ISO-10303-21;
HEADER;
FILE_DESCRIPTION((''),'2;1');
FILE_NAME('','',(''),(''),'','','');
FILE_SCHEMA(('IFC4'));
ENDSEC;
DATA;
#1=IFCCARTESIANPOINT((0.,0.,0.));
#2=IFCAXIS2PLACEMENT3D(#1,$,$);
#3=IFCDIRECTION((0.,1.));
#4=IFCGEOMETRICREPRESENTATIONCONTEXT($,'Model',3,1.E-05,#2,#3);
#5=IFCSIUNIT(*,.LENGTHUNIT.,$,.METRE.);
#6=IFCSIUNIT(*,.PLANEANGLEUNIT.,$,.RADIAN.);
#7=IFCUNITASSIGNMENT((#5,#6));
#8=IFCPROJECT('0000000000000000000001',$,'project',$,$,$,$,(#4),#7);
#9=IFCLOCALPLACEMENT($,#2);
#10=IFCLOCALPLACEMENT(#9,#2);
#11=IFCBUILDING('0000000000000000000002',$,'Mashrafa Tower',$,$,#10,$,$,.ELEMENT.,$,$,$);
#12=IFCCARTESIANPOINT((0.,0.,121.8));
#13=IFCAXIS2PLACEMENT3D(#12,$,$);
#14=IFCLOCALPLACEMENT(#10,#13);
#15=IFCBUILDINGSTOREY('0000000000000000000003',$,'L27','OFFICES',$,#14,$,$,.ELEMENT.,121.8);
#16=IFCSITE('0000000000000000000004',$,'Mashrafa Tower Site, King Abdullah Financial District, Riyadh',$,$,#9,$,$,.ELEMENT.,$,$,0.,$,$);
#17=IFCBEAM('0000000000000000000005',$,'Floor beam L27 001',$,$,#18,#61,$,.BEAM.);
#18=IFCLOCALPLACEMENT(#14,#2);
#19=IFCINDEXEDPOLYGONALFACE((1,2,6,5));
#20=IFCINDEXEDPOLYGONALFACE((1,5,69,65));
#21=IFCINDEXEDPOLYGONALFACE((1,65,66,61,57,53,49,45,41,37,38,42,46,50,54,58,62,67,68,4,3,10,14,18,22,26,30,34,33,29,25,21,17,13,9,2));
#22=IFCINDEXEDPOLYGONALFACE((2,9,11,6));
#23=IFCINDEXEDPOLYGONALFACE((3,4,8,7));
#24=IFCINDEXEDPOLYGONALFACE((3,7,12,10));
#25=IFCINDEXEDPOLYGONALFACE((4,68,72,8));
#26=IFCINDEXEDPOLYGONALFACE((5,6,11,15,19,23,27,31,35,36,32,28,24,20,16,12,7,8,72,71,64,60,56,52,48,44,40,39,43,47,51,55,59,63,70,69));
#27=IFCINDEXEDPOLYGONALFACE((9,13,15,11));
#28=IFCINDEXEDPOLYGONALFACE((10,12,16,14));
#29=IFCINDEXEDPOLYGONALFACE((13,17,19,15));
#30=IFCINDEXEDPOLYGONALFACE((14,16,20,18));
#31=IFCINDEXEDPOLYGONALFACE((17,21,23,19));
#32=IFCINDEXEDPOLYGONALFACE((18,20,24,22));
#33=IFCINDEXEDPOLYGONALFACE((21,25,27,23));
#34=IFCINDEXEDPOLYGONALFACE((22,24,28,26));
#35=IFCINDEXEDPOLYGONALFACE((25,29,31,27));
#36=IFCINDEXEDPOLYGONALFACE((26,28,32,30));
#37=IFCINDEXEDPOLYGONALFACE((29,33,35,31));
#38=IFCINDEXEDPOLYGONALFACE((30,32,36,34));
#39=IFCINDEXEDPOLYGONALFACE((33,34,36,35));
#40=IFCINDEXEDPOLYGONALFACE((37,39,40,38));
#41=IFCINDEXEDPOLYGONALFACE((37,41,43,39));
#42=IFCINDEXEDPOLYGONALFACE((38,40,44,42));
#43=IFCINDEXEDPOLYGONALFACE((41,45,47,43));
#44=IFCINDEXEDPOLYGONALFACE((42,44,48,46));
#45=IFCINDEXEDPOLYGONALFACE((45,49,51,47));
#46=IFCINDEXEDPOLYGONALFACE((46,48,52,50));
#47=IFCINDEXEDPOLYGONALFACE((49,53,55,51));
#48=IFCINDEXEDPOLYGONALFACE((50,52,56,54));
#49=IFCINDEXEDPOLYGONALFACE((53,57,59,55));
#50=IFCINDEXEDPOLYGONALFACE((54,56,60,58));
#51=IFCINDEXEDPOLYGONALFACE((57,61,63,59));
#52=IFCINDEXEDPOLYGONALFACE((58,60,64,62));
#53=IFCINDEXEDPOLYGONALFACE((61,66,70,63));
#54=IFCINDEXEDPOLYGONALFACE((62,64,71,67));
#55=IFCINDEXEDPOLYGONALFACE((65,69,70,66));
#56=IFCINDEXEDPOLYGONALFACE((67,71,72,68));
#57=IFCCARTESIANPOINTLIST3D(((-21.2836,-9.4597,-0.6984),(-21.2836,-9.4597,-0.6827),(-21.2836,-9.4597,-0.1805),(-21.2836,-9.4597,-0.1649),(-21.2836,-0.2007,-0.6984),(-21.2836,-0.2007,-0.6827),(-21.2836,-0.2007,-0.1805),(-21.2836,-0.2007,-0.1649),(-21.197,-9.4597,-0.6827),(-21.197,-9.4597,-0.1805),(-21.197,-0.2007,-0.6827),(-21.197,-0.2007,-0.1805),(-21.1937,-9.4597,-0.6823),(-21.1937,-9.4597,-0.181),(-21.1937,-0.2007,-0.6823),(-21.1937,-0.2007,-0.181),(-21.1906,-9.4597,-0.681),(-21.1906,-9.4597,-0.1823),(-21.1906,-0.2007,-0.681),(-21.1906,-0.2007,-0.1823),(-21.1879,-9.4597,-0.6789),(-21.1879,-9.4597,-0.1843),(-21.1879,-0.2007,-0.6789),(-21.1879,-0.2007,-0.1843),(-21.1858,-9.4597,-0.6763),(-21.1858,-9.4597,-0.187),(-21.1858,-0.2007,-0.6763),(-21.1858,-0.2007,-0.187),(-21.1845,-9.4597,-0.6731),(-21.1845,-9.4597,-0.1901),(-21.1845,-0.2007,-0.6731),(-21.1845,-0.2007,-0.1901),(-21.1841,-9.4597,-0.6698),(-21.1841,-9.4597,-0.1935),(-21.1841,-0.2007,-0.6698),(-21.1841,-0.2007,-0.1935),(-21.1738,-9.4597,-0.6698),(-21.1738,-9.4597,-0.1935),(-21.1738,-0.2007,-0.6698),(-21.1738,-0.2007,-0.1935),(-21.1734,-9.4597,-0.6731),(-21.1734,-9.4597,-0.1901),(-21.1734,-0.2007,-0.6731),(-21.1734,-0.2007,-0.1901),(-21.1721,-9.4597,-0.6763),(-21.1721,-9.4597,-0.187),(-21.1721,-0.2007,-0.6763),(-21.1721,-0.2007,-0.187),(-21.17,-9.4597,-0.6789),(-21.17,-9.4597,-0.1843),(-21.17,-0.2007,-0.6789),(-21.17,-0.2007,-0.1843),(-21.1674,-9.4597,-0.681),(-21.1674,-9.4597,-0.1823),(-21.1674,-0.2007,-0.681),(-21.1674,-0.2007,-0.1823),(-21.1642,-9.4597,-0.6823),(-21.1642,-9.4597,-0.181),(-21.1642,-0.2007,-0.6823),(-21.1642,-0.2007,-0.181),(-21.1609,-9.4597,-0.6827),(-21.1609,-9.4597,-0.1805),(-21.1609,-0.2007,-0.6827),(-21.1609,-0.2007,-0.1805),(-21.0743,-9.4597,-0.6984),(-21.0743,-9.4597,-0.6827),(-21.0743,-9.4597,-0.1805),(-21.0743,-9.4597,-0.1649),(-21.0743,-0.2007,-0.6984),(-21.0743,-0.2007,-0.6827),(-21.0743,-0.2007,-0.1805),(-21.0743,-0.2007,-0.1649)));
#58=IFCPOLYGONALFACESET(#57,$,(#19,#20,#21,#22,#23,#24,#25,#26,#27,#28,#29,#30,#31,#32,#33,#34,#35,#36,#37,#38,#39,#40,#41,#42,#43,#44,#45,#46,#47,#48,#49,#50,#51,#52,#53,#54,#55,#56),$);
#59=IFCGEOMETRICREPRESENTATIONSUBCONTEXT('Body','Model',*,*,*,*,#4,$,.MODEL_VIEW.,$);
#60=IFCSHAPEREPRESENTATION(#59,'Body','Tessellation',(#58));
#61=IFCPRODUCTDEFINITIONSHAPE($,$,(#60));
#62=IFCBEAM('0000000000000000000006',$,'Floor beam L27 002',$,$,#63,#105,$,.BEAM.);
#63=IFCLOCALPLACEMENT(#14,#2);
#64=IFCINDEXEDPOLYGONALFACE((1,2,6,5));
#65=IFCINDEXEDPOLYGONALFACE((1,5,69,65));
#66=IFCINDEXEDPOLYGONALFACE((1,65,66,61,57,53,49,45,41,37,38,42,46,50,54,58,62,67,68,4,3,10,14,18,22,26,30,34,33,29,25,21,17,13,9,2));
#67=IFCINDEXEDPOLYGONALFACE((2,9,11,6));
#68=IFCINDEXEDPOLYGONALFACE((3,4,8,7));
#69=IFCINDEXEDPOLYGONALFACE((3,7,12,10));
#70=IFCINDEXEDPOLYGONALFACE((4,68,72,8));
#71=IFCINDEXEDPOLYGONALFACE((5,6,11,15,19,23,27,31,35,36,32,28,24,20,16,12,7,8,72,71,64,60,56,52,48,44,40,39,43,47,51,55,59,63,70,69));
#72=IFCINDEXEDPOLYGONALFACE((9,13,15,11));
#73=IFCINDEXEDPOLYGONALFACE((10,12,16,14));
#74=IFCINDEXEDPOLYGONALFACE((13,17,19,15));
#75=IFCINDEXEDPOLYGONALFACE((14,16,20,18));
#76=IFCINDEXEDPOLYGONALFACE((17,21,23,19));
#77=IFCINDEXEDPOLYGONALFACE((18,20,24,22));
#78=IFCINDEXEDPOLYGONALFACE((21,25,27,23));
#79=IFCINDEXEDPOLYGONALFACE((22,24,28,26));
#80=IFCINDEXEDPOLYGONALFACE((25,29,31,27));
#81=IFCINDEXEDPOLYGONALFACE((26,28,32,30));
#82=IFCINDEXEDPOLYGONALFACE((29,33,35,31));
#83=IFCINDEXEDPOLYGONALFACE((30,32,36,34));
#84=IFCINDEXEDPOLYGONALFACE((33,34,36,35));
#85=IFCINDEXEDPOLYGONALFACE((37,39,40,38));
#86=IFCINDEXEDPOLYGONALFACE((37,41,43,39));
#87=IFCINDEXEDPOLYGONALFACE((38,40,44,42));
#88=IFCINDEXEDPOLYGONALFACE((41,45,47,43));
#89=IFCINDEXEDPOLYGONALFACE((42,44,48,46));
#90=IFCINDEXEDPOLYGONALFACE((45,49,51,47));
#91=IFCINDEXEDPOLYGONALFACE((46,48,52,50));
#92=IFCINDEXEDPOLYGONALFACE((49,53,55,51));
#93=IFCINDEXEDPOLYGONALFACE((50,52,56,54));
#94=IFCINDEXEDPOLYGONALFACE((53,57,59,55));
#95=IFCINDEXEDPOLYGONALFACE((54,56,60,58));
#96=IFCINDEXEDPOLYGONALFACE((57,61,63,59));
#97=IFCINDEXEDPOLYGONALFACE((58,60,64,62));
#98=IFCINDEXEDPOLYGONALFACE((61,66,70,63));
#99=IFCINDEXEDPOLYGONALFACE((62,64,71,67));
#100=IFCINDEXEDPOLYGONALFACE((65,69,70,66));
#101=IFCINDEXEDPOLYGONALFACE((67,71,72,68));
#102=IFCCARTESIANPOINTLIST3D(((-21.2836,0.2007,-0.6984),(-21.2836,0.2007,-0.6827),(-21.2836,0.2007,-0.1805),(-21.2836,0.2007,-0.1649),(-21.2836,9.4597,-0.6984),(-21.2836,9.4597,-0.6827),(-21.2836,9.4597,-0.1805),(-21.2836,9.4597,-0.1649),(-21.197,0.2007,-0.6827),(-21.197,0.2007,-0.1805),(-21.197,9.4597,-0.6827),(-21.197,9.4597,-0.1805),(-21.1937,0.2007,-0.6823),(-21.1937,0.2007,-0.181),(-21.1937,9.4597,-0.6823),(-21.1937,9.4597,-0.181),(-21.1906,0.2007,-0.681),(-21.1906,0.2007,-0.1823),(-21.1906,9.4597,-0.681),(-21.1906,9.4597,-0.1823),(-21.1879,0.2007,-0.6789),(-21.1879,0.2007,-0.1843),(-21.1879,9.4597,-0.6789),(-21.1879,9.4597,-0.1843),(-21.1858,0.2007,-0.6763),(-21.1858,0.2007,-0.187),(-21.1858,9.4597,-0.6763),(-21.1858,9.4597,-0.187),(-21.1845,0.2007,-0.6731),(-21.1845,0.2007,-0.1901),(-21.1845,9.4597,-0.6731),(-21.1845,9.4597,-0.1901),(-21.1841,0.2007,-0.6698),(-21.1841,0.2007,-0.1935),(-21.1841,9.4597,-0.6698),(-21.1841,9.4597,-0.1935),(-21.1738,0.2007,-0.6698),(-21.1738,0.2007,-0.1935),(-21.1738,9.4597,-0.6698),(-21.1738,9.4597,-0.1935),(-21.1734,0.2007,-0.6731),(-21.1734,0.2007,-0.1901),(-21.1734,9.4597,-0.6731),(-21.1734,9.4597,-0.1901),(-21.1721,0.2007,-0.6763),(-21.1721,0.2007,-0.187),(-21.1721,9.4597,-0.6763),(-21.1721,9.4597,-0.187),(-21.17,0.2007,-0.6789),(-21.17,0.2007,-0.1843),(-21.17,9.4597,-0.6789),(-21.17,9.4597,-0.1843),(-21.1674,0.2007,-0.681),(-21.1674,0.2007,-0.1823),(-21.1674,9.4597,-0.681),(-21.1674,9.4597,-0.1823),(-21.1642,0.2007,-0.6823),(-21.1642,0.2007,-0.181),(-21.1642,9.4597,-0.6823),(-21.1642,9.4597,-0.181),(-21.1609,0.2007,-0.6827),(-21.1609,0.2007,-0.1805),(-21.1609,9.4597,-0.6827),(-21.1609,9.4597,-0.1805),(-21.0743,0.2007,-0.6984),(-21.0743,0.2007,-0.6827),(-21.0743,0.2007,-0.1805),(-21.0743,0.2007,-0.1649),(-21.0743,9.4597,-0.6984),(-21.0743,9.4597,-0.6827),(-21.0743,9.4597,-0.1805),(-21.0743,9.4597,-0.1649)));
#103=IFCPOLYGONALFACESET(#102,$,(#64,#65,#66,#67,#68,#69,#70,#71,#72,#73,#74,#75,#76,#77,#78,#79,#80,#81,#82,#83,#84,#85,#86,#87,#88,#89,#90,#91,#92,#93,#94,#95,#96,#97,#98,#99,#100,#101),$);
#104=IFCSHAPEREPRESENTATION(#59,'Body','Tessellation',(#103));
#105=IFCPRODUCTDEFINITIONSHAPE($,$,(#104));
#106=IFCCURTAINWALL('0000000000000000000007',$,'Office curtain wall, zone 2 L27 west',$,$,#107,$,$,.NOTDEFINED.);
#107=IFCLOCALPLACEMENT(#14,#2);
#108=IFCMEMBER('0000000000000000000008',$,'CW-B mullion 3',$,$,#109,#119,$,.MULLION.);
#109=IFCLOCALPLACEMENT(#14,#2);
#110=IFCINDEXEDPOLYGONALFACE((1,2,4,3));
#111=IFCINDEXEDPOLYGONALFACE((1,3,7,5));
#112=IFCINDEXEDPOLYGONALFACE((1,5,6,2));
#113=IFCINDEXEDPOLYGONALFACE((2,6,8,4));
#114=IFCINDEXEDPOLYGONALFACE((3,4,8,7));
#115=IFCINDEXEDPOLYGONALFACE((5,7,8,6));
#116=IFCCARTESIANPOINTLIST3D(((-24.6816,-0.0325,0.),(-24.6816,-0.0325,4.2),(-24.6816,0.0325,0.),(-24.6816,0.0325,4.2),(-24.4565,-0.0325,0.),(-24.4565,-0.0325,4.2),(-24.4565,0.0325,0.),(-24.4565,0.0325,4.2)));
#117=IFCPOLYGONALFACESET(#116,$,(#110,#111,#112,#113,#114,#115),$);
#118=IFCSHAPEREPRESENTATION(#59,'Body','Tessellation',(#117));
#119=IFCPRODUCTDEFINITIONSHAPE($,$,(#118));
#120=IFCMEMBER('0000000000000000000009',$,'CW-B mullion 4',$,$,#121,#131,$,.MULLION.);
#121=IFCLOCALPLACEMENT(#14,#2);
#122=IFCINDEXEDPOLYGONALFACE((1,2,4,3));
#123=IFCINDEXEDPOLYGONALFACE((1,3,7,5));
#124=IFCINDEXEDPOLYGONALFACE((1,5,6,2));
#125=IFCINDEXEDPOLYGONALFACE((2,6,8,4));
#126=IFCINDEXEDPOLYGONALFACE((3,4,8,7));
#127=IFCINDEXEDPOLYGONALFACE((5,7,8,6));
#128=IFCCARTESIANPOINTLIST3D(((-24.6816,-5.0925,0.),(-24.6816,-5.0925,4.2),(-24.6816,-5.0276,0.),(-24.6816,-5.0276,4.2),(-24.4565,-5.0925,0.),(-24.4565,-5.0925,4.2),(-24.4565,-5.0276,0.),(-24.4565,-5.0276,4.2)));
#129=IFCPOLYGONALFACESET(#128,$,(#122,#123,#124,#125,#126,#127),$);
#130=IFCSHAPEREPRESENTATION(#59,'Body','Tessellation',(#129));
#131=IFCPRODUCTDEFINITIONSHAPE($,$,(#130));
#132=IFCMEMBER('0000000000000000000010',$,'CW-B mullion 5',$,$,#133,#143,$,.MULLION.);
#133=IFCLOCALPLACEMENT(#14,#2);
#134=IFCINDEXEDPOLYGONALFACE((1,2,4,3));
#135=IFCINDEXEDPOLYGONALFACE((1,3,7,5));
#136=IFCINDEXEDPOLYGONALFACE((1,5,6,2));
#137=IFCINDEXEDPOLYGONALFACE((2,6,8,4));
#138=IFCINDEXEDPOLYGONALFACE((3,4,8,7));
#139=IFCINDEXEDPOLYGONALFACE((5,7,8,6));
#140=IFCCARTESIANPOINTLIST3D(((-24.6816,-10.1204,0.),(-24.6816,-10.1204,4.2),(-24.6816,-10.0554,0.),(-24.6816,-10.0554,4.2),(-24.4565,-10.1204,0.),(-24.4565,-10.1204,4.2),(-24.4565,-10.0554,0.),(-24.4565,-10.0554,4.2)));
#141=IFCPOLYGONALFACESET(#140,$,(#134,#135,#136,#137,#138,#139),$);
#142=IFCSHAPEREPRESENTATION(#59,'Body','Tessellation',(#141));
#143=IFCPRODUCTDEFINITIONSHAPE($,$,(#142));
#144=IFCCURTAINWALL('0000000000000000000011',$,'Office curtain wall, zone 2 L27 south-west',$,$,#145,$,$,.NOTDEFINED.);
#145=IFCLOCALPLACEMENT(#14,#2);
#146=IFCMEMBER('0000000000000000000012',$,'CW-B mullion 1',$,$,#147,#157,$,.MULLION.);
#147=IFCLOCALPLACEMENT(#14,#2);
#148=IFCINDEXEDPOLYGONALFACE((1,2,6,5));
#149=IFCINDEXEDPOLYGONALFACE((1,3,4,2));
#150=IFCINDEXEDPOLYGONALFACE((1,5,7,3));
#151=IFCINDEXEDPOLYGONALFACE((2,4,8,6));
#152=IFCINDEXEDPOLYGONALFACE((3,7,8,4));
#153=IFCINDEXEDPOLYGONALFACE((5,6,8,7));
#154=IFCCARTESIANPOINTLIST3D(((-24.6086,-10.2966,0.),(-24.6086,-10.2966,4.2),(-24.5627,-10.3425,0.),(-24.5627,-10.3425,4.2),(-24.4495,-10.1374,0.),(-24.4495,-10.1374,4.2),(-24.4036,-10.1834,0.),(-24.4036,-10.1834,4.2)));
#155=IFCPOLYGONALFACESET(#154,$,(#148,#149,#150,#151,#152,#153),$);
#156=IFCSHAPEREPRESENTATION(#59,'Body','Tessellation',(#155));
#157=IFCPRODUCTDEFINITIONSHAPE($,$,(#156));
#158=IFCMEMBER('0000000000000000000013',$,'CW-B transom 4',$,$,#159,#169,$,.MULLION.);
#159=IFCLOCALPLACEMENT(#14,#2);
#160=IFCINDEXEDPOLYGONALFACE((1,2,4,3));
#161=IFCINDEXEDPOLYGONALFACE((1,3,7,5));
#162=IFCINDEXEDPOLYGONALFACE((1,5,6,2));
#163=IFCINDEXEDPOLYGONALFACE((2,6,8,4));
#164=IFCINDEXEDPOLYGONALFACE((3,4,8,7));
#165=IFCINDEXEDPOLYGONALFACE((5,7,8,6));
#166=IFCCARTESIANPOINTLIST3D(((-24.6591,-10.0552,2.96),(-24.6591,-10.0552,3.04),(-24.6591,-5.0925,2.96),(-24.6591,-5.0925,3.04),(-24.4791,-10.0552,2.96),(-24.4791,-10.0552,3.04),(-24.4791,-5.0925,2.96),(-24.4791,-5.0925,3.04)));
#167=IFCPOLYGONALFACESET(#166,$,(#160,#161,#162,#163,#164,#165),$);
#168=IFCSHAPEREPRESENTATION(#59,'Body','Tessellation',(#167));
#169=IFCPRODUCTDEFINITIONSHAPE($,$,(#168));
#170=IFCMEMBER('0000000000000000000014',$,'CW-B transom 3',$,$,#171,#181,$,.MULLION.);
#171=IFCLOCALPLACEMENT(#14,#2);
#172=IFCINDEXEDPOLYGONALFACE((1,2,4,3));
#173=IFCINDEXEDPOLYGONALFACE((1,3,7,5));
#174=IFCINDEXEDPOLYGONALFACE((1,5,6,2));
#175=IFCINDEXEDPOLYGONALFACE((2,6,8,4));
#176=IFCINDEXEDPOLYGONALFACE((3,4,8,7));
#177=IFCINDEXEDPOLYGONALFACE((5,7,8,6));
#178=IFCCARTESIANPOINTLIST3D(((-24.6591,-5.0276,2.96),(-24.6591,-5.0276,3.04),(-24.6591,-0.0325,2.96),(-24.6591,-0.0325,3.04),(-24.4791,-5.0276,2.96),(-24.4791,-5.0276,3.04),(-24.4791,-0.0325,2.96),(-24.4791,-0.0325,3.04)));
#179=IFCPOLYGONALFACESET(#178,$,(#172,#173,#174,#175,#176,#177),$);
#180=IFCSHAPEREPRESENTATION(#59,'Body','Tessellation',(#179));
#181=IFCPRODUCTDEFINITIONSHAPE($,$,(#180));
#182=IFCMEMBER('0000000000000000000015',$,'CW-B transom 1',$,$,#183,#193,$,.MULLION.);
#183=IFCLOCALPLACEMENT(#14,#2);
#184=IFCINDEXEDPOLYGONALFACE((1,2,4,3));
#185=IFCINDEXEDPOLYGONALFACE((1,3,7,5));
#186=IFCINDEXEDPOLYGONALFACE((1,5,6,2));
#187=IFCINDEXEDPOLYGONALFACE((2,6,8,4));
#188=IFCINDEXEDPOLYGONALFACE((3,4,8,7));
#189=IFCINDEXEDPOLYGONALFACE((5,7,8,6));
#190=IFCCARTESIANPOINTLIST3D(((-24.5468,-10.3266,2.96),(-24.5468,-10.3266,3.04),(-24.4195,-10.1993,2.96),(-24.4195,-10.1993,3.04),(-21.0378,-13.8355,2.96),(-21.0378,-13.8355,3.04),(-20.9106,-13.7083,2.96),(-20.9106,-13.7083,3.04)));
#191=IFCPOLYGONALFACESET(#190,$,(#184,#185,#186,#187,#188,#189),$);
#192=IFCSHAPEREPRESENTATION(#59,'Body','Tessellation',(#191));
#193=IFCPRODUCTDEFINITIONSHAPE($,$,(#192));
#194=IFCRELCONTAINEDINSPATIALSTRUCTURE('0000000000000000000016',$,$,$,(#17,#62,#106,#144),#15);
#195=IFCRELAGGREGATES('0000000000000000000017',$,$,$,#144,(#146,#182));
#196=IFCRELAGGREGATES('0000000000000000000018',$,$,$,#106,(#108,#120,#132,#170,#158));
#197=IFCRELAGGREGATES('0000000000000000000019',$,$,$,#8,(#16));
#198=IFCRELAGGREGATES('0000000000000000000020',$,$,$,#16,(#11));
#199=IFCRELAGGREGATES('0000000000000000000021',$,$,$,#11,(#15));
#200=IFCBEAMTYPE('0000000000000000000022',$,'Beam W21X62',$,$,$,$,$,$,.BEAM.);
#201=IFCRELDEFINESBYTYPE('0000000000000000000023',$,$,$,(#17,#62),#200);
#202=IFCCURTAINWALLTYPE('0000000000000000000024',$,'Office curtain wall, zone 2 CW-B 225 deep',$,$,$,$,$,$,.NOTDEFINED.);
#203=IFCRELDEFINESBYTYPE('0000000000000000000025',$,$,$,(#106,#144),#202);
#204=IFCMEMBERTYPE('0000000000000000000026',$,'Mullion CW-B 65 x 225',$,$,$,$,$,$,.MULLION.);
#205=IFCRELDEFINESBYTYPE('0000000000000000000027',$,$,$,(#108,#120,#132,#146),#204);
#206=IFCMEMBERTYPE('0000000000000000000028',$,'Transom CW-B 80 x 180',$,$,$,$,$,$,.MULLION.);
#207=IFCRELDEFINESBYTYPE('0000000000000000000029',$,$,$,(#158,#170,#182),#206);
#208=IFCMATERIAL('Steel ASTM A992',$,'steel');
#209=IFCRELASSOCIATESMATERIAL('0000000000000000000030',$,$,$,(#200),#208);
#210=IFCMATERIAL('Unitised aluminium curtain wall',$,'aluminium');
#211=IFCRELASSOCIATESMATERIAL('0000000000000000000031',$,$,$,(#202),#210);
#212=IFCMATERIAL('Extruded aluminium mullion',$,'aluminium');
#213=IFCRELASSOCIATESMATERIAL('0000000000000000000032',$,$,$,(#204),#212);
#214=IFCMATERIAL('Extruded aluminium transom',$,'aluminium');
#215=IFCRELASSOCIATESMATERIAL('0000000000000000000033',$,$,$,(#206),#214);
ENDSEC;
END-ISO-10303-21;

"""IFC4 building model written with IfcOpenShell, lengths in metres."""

from ifc_helpers import new_model, si_unit, direction, frame, origin, origin_2d, place, context, subcontext, project, spatial, rectangle, i_section, extrude, source, transform, mapped, material, material_profile, profile_set, type_object, type_shapes, element, aggregate, save


model = new_model("IFC4")

# Units and contexts
model_context = context("Model", 3, precision=1e-05, world=origin(), true_north=direction((0.0, 1.0)))
body_context = subcontext(model_context, "Body", "Model", "MODEL_VIEW")
ifc_project = project(units=[si_unit("LENGTHUNIT", "METRE"), si_unit("PLANEANGLEUNIT", "RADIAN")], contexts=[model_context])

# Site, building, storey
site_placement = place(None, origin())
site = spatial("IfcSite", under=ifc_project, at=site_placement, Name="Mashrafa Tower Site, King Abdullah Financial District, Riyadh", CompositionType="ELEMENT", RefElevation=0.0)
building_placement = place(site_placement, origin())
building = spatial("IfcBuilding", under=site, at=building_placement, Name="Mashrafa Tower", CompositionType="ELEMENT")
storey_placement = place(building_placement, frame((0.0, 0.0, 121.8)))
storey = spatial("IfcBuildingStorey", under=building, at=storey_placement, Name="L27", Description="OFFICES", CompositionType="ELEMENT", Elevation=121.8)

# Beams
ifc_material_1 = material(Name="Steel ASTM A992", Category="steel")
ifc_material_profile_1 = material_profile(ifc_material_1, i_section(OverallWidth=0.2092, OverallDepth=0.5334, WebThickness=0.0103, FlangeThickness=0.0156, FilletRadius=0.0129, at=origin_2d()), Name="W21X62")
ifc_profile_set_1 = profile_set([ifc_material_profile_1], Name="Steel ASTM A992")
beam_type_1 = type_object("IfcBeamType", Name="Beam W21X62", PredefinedType="BEAM", material=ifc_profile_set_1)
for number, where, z_axis, x_axis, name in (
    (1, (-21.179, -9.4597, -0.4316), (0.0, 1.0, 0.0), (-1.0, 0.0, 0.0), "Floor beam L27 001"),
    (2, (-21.179, 0.2007, -0.4316), (0.0, 1.0, 0.0), (-1.0, 0.0, 0.0), "Floor beam L27 002"),
):
    element("IfcBeam", number, at=place(storey_placement, frame(where, z_axis=z_axis, x_axis=x_axis)), inside=storey, type_object=beam_type_1, Name=name, PredefinedType="BEAM", context=body_context, shape_type="SweptSolid", body=[
        extrude(i_section(OverallWidth=0.2092, OverallDepth=0.5334, WebThickness=0.0103, FlangeThickness=0.0156, FilletRadius=0.0129, at=origin_2d()), origin(), (0.0, 0.0, 1.0), 9.259),
    ])

# Curtain wall, members
ifc_material_2 = material(Name="Unitised aluminium curtain wall", Category="aluminium")
curtain_wall_type = type_object("IfcCurtainWallType", Name="Office curtain wall, zone 2 CW-B 225 deep", PredefinedType="NOTDEFINED", material=ifc_material_2)
curtain_wall_1_placement = place(storey_placement, origin())
curtain_wall_1 = element("IfcCurtainWall", 3, at=curtain_wall_1_placement, inside=storey, type_object=curtain_wall_type, Name="Office curtain wall, zone 2 L27 west", PredefinedType="NOTDEFINED")
ifc_material_3 = material(Name="Extruded aluminium mullion", Category="aluminium")
ifc_material_profile_2 = material_profile(ifc_material_3, rectangle(XDim=0.2251, YDim=0.0649, at=origin_2d()), Name="Mullion 65x225")
ifc_profile_set_2 = profile_set([ifc_material_profile_2], Name="Extruded aluminium mullion")
member_type_1 = type_object("IfcMemberType", Name="Mullion CW-B 65 x 225", PredefinedType="MULLION", material=ifc_profile_set_2)
shared_shape_1 = source(origin(), body_context, "Body", "SweptSolid", [
    extrude(rectangle(XDim=0.2251, YDim=0.0649, at=origin_2d()), origin(), (0.0, 0.0, 1.0), 4.2),
])
type_shapes(member_type_1, [shared_shape_1])
member_1_placement = place(storey_placement, frame((-24.5691, 0.0, 0.0), z_axis=(0.0, 0.0, 1.0), x_axis=(1.0, 0.0, 0.0)))
member_1 = element("IfcMember", 4, at=member_1_placement, type_object=member_type_1, Name="CW-B mullion 3", PredefinedType="MULLION", context=body_context, shape_type="MappedRepresentation", body=[
    mapped(shared_shape_1, transform((0.0, 0.0, 0.0))),
])
member_2_placement = place(storey_placement, frame((-24.5691, -5.0601, 0.0), z_axis=(0.0, 0.0, 1.0), x_axis=(1.0, 0.0, 0.0)))
member_2 = element("IfcMember", 5, at=member_2_placement, type_object=member_type_1, Name="CW-B mullion 4", PredefinedType="MULLION", context=body_context, shape_type="MappedRepresentation", body=[
    mapped(shared_shape_1, transform((0.0, 0.0, 0.0))),
])
member_3_placement = place(storey_placement, frame((-24.5691, -10.0879, 0.0), z_axis=(0.0, 0.0, 1.0), x_axis=(1.0, 0.0, 0.0)))
member_3 = element("IfcMember", 6, at=member_3_placement, type_object=member_type_1, Name="CW-B mullion 5", PredefinedType="MULLION", context=body_context, shape_type="MappedRepresentation", body=[
    mapped(shared_shape_1, transform((0.0, 0.0, 0.0))),
])

# Curtain wall, member
curtain_wall_2_placement = place(storey_placement, origin())
curtain_wall_2 = element("IfcCurtainWall", 7, at=curtain_wall_2_placement, inside=storey, type_object=curtain_wall_type, Name="Office curtain wall, zone 2 L27 south-west", PredefinedType="NOTDEFINED")
member_4_placement = place(storey_placement, frame((-24.5061, -10.24, 0.0), z_axis=(0.0, 0.0, 1.0), x_axis=(0.707107, 0.707107, 0.0)))
member_4 = element("IfcMember", 8, at=member_4_placement, type_object=member_type_1, Name="CW-B mullion 1", PredefinedType="MULLION", context=body_context, shape_type="MappedRepresentation", body=[
    mapped(shared_shape_1, transform((0.0, 0.0, 0.0))),
])

# Members
ifc_material_4 = material(Name="Extruded aluminium transom", Category="aluminium")
ifc_material_profile_3 = material_profile(ifc_material_4, rectangle(XDim=0.1799, YDim=0.0801, at=origin_2d()), Name="Transom 80x180")
ifc_profile_set_3 = profile_set([ifc_material_profile_3], Name="Extruded aluminium transom")
member_type_2 = type_object("IfcMemberType", Name="Transom CW-B 80 x 180", PredefinedType="MULLION", material=ifc_profile_set_3)
shared_shape_2 = source(origin(), body_context, "Body", "SweptSolid", [
    extrude(rectangle(XDim=0.1799, YDim=0.0801, at=origin_2d()), origin(), (0.0, 0.0, 1.0), 4.9626),
])
member_5_placement = place(storey_placement, frame((-24.5691, -5.0925, 3.0), z_axis=(0.0, -1.0, 0.0), x_axis=(1.0, 0.0, 0.0)))
member_5 = element("IfcMember", 9, at=member_5_placement, type_object=member_type_2, Name="CW-B transom 4", PredefinedType="MULLION", context=body_context, shape_type="MappedRepresentation", body=[
    mapped(shared_shape_2, transform((0.0, 0.0, 0.0))),
])
shared_shape_3 = source(origin(), body_context, "Body", "SweptSolid", [
    extrude(rectangle(XDim=0.1799, YDim=0.0801, at=origin_2d()), origin(), (0.0, 0.0, 1.0), 4.9951),
])
member_6_placement = place(storey_placement, frame((-24.5691, -0.0325, 3.0), z_axis=(0.0, -1.0, 0.0), x_axis=(1.0, 0.0, 0.0)))
member_6 = element("IfcMember", 10, at=member_6_placement, type_object=member_type_2, Name="CW-B transom 3", PredefinedType="MULLION", context=body_context, shape_type="MappedRepresentation", body=[
    mapped(shared_shape_3, transform((0.0, 0.0, 0.0))),
])
shared_shape_4 = source(origin(), body_context, "Body", "SweptSolid", [
    extrude(rectangle(XDim=0.1799, YDim=0.0801, at=origin_2d()), origin(), (0.0, 0.0, 1.0), 4.9624),
])
type_shapes(member_type_2, [shared_shape_2, shared_shape_3, shared_shape_4])
member_7_placement = place(storey_placement, frame((-24.4832, -10.2629, 3.0), z_axis=(0.707107, -0.707107, 0.0), x_axis=(0.707107, 0.707107, 0.0)))
member_7 = element("IfcMember", 11, at=member_7_placement, type_object=member_type_2, Name="CW-B transom 1", PredefinedType="MULLION", context=body_context, shape_type="MappedRepresentation", body=[
    mapped(shared_shape_4, transform((0.0, 0.0, 0.0))),
])
aggregate(curtain_wall_2, [member_4, member_7])

aggregate(curtain_wall_1, [member_1, member_2, member_3, member_6, member_5])

save(model, "model.ifc")
